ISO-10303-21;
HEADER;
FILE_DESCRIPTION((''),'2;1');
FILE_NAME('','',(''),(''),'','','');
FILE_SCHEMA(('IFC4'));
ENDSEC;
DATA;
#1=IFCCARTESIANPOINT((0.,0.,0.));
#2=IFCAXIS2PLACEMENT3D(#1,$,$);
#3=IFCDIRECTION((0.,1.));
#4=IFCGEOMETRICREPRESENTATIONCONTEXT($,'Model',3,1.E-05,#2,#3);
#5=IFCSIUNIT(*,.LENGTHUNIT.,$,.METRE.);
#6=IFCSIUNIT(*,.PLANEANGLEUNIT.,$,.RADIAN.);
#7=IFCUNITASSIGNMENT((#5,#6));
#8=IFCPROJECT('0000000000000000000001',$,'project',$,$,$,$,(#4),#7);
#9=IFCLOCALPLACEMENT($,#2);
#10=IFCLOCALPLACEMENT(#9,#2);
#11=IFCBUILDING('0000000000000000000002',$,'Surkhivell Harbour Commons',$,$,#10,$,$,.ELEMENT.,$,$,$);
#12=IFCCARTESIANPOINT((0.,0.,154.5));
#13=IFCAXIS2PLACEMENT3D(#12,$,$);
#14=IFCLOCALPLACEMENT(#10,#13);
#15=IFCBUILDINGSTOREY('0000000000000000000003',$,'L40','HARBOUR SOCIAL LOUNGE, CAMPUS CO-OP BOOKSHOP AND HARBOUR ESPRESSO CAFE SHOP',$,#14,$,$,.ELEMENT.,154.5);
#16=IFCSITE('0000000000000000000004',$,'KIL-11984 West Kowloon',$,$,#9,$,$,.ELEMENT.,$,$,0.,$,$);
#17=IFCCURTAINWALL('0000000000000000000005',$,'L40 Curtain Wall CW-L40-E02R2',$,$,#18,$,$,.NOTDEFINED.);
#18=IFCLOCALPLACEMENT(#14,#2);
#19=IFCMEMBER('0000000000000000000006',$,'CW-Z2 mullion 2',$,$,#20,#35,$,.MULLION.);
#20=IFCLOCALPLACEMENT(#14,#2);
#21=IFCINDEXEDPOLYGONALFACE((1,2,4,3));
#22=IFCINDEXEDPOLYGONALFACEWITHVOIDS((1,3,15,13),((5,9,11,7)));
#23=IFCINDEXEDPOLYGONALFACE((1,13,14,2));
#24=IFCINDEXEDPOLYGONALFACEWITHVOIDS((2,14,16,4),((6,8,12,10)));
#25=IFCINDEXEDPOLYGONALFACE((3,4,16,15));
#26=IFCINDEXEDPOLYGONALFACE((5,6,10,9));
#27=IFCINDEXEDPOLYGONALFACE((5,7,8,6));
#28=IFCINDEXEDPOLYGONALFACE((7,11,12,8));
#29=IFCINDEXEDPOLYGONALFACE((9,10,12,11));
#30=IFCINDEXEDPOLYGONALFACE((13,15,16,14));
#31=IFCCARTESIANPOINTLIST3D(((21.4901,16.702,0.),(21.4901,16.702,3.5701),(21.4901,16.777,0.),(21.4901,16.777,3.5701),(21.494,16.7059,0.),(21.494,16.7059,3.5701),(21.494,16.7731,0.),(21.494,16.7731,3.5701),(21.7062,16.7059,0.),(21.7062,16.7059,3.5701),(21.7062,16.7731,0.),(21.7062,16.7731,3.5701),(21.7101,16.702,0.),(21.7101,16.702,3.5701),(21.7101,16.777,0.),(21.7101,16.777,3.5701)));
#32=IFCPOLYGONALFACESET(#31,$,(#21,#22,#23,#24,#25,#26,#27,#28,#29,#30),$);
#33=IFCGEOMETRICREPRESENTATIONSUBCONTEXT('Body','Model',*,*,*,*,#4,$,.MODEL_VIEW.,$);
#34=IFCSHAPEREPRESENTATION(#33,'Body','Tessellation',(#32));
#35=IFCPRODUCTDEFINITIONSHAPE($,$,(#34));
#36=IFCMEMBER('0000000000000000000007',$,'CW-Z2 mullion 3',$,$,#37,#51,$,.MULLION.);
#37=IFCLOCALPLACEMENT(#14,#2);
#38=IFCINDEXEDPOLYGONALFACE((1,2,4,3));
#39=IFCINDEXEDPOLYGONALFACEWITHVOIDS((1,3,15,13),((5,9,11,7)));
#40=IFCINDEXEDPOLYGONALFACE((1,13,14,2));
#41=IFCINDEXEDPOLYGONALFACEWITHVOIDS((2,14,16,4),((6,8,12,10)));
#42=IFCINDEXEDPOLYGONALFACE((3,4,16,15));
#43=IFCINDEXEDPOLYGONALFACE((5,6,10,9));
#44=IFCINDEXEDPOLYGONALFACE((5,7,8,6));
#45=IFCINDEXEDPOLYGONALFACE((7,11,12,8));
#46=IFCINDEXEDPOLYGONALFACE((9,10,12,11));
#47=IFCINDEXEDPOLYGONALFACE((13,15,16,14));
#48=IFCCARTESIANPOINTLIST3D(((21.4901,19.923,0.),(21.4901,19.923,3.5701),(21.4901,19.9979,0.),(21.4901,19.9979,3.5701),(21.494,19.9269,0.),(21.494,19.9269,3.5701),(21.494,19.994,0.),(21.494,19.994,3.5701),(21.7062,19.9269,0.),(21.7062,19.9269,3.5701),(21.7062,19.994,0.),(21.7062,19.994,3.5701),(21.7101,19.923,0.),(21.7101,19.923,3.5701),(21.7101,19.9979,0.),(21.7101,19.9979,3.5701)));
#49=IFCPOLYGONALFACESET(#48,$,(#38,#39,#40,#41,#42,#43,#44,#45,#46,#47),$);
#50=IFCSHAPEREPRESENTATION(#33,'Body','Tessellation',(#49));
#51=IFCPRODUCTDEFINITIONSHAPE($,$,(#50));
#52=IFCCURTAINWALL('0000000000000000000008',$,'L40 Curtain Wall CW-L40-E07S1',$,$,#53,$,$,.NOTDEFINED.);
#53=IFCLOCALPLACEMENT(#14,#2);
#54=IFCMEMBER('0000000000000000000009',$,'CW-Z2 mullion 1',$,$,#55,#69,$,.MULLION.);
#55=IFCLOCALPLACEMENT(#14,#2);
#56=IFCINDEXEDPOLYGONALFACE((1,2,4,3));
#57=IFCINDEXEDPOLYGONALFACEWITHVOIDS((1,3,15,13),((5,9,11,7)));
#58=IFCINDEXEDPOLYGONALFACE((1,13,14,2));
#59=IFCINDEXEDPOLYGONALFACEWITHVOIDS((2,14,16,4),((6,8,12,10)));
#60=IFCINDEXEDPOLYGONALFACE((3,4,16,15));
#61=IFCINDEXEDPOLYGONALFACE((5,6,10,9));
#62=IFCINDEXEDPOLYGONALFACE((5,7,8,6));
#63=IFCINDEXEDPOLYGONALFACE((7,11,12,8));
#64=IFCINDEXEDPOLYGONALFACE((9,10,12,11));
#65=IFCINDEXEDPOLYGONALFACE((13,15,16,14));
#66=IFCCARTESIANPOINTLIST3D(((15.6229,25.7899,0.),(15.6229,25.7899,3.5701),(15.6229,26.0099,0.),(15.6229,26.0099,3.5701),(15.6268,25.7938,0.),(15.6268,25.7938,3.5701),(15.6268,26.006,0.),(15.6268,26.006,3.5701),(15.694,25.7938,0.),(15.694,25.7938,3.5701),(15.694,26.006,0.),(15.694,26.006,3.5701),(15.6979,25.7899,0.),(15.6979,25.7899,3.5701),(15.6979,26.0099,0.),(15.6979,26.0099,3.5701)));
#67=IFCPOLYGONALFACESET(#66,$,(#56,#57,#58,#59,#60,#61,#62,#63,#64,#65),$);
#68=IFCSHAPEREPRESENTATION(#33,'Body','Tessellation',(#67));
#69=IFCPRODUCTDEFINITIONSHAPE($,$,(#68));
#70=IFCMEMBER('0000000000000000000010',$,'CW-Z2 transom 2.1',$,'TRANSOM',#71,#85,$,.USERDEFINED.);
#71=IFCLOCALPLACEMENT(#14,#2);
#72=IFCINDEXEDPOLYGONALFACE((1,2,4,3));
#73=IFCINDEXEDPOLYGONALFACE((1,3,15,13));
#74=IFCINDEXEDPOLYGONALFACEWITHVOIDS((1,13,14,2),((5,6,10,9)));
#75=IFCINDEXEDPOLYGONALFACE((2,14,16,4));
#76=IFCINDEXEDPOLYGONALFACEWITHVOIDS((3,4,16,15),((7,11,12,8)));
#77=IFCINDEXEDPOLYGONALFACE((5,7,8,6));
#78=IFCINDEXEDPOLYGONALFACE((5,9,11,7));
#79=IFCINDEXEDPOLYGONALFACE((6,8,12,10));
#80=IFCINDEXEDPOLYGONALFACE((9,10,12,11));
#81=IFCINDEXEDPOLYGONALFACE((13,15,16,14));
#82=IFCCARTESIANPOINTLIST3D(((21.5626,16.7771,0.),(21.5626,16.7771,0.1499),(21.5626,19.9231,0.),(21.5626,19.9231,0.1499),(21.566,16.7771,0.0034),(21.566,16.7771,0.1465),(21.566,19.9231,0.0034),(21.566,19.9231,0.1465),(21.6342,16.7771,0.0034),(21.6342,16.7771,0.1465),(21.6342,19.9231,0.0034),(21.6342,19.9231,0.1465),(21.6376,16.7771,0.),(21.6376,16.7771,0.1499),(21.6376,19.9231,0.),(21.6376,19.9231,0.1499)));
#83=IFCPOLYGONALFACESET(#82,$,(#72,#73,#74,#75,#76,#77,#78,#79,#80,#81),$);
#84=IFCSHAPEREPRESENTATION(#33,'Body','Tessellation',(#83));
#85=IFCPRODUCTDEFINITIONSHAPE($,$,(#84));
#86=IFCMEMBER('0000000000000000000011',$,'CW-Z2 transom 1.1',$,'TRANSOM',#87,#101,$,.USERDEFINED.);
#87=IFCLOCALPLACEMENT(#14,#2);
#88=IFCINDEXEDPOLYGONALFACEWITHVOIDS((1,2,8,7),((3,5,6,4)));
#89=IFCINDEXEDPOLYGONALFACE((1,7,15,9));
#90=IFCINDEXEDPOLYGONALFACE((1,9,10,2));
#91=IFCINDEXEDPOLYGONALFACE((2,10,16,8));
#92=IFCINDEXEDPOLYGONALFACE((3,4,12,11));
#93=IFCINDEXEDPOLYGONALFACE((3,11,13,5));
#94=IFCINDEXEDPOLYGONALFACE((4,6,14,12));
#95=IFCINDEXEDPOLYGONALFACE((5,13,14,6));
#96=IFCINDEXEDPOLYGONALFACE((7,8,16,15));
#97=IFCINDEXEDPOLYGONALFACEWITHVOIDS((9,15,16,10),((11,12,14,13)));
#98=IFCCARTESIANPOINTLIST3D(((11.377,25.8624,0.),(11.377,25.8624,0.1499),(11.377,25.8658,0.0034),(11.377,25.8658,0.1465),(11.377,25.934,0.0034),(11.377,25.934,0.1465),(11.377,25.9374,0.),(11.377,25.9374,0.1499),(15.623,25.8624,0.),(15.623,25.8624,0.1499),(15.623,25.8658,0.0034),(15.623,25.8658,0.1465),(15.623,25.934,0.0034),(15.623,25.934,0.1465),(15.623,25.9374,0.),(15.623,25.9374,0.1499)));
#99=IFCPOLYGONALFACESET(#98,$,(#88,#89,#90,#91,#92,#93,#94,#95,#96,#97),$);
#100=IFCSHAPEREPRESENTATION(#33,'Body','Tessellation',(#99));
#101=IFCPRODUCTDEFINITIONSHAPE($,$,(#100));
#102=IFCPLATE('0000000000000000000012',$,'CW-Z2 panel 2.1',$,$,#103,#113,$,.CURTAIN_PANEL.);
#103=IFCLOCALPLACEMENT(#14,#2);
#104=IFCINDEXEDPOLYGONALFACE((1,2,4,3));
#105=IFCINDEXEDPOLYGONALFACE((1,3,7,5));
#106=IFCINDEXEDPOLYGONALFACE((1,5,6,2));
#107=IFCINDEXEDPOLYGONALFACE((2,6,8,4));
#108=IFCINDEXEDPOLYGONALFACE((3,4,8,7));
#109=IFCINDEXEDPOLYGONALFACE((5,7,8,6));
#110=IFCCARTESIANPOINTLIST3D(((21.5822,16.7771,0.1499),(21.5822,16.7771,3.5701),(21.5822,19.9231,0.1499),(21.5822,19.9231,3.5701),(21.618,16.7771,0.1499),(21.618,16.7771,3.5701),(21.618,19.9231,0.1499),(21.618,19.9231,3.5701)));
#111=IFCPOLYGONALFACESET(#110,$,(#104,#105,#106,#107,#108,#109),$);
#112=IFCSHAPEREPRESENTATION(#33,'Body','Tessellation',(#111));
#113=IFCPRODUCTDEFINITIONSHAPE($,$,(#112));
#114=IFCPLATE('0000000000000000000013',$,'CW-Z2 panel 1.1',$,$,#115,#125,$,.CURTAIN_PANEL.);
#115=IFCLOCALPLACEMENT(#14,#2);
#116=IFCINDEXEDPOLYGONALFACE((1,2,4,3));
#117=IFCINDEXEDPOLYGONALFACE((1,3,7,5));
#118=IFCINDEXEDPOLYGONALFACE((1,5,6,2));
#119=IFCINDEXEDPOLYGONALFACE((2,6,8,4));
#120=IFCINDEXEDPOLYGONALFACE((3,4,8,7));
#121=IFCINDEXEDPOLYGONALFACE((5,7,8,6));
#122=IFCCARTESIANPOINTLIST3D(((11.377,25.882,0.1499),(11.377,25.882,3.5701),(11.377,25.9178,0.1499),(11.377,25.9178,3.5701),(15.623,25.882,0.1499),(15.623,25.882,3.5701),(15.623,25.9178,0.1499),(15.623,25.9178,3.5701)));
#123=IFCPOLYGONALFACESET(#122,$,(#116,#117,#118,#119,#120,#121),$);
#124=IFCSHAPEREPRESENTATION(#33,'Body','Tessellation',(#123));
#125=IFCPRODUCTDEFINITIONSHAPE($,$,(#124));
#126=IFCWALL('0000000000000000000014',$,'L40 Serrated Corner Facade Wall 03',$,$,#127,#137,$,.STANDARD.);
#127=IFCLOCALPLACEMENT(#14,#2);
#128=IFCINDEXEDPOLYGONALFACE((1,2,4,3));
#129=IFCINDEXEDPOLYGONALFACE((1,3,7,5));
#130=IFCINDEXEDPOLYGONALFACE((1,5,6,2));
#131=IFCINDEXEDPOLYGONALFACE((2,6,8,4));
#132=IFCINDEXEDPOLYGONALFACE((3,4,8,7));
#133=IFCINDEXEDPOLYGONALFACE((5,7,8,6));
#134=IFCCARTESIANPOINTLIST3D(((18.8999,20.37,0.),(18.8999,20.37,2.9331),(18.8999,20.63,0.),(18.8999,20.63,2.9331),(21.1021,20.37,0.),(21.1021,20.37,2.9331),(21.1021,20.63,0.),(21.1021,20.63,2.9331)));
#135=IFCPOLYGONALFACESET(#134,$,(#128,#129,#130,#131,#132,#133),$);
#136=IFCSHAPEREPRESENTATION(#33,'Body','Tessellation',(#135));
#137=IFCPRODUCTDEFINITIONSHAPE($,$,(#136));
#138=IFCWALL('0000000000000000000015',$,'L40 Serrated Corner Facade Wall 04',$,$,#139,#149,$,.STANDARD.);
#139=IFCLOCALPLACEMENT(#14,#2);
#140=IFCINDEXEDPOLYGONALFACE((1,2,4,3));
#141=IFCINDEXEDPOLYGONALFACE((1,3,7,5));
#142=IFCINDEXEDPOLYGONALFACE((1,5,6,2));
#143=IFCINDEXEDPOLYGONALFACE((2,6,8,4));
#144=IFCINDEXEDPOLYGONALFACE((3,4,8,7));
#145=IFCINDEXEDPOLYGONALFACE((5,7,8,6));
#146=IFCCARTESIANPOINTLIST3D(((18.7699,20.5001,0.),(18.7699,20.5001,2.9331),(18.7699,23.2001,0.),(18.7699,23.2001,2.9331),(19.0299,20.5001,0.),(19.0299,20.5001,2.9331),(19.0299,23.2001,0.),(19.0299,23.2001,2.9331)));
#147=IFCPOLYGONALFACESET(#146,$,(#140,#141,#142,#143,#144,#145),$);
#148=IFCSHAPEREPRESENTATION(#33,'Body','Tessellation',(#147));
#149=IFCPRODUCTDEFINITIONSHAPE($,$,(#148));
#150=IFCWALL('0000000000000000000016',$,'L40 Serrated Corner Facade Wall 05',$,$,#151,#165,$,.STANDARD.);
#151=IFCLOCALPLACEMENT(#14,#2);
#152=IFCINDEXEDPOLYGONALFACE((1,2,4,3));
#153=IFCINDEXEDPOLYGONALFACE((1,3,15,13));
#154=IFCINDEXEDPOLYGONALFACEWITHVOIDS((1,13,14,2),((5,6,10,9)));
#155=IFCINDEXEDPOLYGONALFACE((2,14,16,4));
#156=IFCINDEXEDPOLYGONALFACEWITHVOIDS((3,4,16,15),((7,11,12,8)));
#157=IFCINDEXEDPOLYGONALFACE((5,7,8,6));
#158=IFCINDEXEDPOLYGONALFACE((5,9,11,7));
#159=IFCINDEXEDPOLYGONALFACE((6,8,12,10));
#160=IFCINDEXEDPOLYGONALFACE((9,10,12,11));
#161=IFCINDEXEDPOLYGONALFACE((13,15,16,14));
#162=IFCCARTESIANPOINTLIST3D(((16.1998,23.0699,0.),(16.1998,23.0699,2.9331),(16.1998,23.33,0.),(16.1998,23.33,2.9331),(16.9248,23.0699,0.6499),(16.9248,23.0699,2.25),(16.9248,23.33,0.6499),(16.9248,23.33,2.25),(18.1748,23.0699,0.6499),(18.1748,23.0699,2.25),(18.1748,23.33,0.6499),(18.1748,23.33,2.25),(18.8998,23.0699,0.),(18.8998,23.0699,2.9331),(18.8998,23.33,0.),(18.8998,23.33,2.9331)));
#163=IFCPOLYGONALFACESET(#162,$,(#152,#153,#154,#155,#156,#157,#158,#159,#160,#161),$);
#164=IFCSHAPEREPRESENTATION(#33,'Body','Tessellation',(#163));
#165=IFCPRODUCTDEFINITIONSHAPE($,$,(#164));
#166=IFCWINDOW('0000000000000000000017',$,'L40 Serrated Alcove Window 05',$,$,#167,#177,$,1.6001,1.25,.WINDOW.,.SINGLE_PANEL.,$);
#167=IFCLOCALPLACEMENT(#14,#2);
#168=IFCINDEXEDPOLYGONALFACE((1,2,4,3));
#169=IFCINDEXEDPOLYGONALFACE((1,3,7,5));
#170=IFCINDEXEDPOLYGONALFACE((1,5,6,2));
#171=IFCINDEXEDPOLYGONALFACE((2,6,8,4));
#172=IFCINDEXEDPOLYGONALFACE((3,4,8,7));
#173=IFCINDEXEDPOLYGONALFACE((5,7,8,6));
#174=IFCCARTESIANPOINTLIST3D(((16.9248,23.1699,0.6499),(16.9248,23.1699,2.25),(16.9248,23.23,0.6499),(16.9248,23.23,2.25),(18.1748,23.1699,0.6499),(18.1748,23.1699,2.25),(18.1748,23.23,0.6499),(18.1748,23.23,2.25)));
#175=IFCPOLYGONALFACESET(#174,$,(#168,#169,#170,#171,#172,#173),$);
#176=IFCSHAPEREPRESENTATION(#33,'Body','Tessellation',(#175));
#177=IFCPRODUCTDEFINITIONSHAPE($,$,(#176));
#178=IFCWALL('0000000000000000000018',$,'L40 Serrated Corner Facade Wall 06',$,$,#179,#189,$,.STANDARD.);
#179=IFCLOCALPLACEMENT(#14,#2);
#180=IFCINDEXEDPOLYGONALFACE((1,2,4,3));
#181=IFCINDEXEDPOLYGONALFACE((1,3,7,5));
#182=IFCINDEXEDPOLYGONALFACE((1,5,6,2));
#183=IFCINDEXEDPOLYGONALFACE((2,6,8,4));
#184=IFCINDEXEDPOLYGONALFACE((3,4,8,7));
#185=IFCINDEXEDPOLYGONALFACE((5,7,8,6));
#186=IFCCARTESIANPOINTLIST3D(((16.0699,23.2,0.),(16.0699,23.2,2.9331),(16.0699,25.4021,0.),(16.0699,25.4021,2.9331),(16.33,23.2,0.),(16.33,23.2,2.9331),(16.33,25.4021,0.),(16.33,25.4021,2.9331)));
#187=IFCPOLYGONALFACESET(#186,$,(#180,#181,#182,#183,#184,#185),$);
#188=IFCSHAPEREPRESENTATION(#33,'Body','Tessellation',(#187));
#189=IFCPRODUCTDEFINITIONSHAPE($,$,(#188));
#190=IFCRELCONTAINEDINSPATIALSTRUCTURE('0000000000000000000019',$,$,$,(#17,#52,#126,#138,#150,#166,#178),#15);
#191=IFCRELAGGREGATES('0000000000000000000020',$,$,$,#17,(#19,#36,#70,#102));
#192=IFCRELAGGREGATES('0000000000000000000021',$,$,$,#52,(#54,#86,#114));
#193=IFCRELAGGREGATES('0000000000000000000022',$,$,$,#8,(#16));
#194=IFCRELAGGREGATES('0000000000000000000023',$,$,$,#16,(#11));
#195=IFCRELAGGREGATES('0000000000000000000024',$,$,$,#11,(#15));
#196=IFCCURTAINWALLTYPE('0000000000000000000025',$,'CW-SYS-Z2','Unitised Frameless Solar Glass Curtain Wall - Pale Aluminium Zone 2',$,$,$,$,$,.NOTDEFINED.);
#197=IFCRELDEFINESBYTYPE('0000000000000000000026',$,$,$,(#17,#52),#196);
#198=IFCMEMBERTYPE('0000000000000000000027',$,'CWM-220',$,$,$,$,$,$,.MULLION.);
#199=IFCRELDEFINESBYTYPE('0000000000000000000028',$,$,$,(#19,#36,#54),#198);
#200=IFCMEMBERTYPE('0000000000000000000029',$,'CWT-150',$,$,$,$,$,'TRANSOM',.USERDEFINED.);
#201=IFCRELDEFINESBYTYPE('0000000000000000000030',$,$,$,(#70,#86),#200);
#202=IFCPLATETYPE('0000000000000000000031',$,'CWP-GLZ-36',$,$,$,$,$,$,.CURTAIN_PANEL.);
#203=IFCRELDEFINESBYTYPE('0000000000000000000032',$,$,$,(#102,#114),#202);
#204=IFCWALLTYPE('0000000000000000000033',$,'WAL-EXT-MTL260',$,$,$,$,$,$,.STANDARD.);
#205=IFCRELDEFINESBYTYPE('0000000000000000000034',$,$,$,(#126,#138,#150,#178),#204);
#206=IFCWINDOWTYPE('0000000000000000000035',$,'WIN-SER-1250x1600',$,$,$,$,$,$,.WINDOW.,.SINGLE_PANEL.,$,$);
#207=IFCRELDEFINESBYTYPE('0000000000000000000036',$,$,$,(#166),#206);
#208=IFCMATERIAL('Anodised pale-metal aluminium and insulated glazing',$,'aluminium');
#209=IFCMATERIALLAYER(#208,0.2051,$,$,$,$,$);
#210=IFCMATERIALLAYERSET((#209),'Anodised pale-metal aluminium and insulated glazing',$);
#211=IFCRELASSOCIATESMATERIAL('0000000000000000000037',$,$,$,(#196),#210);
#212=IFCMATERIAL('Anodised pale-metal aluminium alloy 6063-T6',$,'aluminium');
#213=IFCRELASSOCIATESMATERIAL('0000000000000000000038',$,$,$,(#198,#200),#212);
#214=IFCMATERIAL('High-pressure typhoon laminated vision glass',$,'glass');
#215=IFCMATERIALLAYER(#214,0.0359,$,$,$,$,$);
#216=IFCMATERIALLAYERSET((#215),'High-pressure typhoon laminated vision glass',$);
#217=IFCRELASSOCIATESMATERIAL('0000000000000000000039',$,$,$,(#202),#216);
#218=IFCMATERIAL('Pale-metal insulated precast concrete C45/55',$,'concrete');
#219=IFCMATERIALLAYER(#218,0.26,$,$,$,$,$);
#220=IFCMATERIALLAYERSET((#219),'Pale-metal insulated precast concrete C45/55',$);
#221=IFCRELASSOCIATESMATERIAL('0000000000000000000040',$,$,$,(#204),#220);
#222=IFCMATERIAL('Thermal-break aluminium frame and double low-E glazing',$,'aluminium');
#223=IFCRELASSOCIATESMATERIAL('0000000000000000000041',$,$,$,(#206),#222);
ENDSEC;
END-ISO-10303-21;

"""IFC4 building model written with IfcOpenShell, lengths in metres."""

from ifc_helpers import new_model, si_unit, direction, frame, frame_2d, origin, origin_2d, place, context, subcontext, project, spatial, rectangle, hollow_rectangle, extrude, material, layer, layer_set, material_profile, profile_set, type_object, element, fill, aggregate, save


model = new_model("IFC4")

# Units and contexts
model_context = context("Model", 3, precision=1e-05, world=origin(), true_north=direction((0.0, 1.0)))
body_context = subcontext(model_context, "Body", "Model", "MODEL_VIEW")
ifc_project = project(units=[si_unit("LENGTHUNIT", "METRE"), si_unit("PLANEANGLEUNIT", "RADIAN")], contexts=[model_context])

# Site, building, storey
site_placement = place(None, origin())
site = spatial("IfcSite", under=ifc_project, at=site_placement, Name="KIL-11984 West Kowloon", CompositionType="ELEMENT", RefElevation=0.0)
building_placement = place(site_placement, origin())
building = spatial("IfcBuilding", under=site, at=building_placement, Name="Surkhivell Harbour Commons", CompositionType="ELEMENT")
storey_placement = place(building_placement, frame((0.0, 0.0, 154.5)))
storey = spatial("IfcBuildingStorey", under=building, at=storey_placement, Name="L40", Description="HARBOUR SOCIAL LOUNGE, CAMPUS CO-OP BOOKSHOP AND HARBOUR ESPRESSO CAFE SHOP", CompositionType="ELEMENT", Elevation=154.5)

# Curtain wall, members
ifc_material_1 = material(Name="Anodised pale-metal aluminium and insulated glazing", Category="aluminium")
ifc_layer_1 = layer(ifc_material_1, 0.2051)
ifc_layer_set_1 = layer_set([ifc_layer_1], Name="Anodised pale-metal aluminium and insulated glazing")
curtain_wall_type = type_object("IfcCurtainWallType", Name="CW-SYS-Z2", Description="Unitised Frameless Solar Glass Curtain Wall - Pale Aluminium Zone 2", PredefinedType="NOTDEFINED", material=ifc_layer_set_1)
curtain_wall_1_placement = place(storey_placement, origin())
curtain_wall_1 = element("IfcCurtainWall", 1, at=curtain_wall_1_placement, inside=storey, type_object=curtain_wall_type, Name="L40 Curtain Wall CW-L40-E02R2", PredefinedType="NOTDEFINED")
ifc_material_2 = material(Name="Anodised pale-metal aluminium alloy 6063-T6", Category="aluminium")
ifc_material_profile_1 = material_profile(ifc_material_2, hollow_rectangle(XDim=0.075, YDim=0.22, WallThickness=0.0039, at=origin_2d()), Name="ALU-MULL-75x220")
ifc_profile_set_1 = profile_set([ifc_material_profile_1], Name="Anodised pale-metal aluminium alloy 6063-T6")
member_type_1 = type_object("IfcMemberType", Name="CWM-220", PredefinedType="MULLION", material=ifc_profile_set_1)
member_1_placement = place(storey_placement, frame((21.6001, 16.7395, 0.0), z_axis=(0.0, 0.0, 1.0), x_axis=(0.0, 1.0, 0.0)))
member_1 = element("IfcMember", 2, at=member_1_placement, type_object=member_type_1, Name="CW-Z2 mullion 2", PredefinedType="MULLION", context=body_context, shape_type="SweptSolid", body=[
    extrude(hollow_rectangle(XDim=0.075, YDim=0.22, WallThickness=0.0039, at=origin_2d()), origin(), (0.0, 0.0, 1.0), 3.5701),
])
member_2_placement = place(storey_placement, frame((21.6001, 19.9604, 0.0), z_axis=(0.0, 0.0, 1.0), x_axis=(0.0, 1.0, 0.0)))
member_2 = element("IfcMember", 3, at=member_2_placement, type_object=member_type_1, Name="CW-Z2 mullion 3", PredefinedType="MULLION", context=body_context, shape_type="SweptSolid", body=[
    extrude(hollow_rectangle(XDim=0.075, YDim=0.22, WallThickness=0.0039, at=origin_2d()), origin(), (0.0, 0.0, 1.0), 3.5701),
])

# Curtain wall, member
curtain_wall_2_placement = place(storey_placement, origin())
curtain_wall_2 = element("IfcCurtainWall", 4, at=curtain_wall_2_placement, inside=storey, type_object=curtain_wall_type, Name="L40 Curtain Wall CW-L40-E07S1", PredefinedType="NOTDEFINED")
member_3_placement = place(storey_placement, frame((15.6604, 25.8999, 0.0), z_axis=(0.0, 0.0, 1.0), x_axis=(-1.0, 0.0, 0.0)))
member_3 = element("IfcMember", 5, at=member_3_placement, type_object=member_type_1, Name="CW-Z2 mullion 1", PredefinedType="MULLION", context=body_context, shape_type="SweptSolid", body=[
    extrude(hollow_rectangle(XDim=0.075, YDim=0.22, WallThickness=0.0039, at=origin_2d()), origin(), (0.0, 0.0, 1.0), 3.5701),
])

# Members
ifc_material_profile_2 = material_profile(ifc_material_2, hollow_rectangle(XDim=0.075, YDim=0.1499, WallThickness=0.0034, at=origin_2d()), Name="ALU-TRAN-75x150")
ifc_profile_set_2 = profile_set([ifc_material_profile_2], Name="Anodised pale-metal aluminium alloy 6063-T6")
member_type_2 = type_object("IfcMemberType", Name="CWT-150", ElementType="TRANSOM", PredefinedType="USERDEFINED", material=ifc_profile_set_2)
member_4_placement = place(storey_placement, frame((21.6001, 16.7771, 0.075), z_axis=(0.0, 1.0, 0.0), x_axis=(-1.0, 0.0, 0.0)))
member_4 = element("IfcMember", 6, at=member_4_placement, type_object=member_type_2, Name="CW-Z2 transom 2.1", ObjectType="TRANSOM", PredefinedType="USERDEFINED", context=body_context, shape_type="SweptSolid", body=[
    extrude(hollow_rectangle(XDim=0.075, YDim=0.1499, WallThickness=0.0034, at=origin_2d()), origin(), (0.0, 0.0, 1.0), 3.146),
])
member_5_placement = place(storey_placement, frame((15.623, 25.8999, 0.075), z_axis=(-1.0, 0.0, 0.0), x_axis=(0.0, -1.0, 0.0)))
member_5 = element("IfcMember", 7, at=member_5_placement, type_object=member_type_2, Name="CW-Z2 transom 1.1", ObjectType="TRANSOM", PredefinedType="USERDEFINED", context=body_context, shape_type="SweptSolid", body=[
    extrude(hollow_rectangle(XDim=0.075, YDim=0.1499, WallThickness=0.0034, at=origin_2d()), origin(), (0.0, 0.0, 1.0), 4.2461),
])

# Plates
ifc_material_3 = material(Name="High-pressure typhoon laminated vision glass", Category="glass")
ifc_layer_2 = layer(ifc_material_3, 0.0359)
ifc_layer_set_2 = layer_set([ifc_layer_2], Name="High-pressure typhoon laminated vision glass")
plate_type = type_object("IfcPlateType", Name="CWP-GLZ-36", PredefinedType="CURTAIN_PANEL", material=ifc_layer_set_2)
plate_1_placement = place(storey_placement, frame((21.6001, 16.7771, 0.1499), z_axis=(0.0, 0.0, 1.0), x_axis=(0.0, 1.0, 0.0)))
plate_1 = element("IfcPlate", 8, at=plate_1_placement, type_object=plate_type, Name="CW-Z2 panel 2.1", PredefinedType="CURTAIN_PANEL", context=body_context, shape_type="SweptSolid", body=[
    extrude(rectangle(XDim=3.146, YDim=0.0359, at=frame_2d((1.573, 0.0))), origin(), (0.0, 0.0, 1.0), 3.4202),
])
aggregate(curtain_wall_1, [member_1, member_2, member_4, plate_1])
plate_2_placement = place(storey_placement, frame((15.623, 25.8999, 0.1499), z_axis=(0.0, 0.0, 1.0), x_axis=(-1.0, 0.0, 0.0)))
plate_2 = element("IfcPlate", 9, at=plate_2_placement, type_object=plate_type, Name="CW-Z2 panel 1.1", PredefinedType="CURTAIN_PANEL", context=body_context, shape_type="SweptSolid", body=[
    extrude(rectangle(XDim=4.2461, YDim=0.0359, at=frame_2d((2.123, 0.0))), origin(), (0.0, 0.0, 1.0), 3.4202),
])
aggregate(curtain_wall_2, [member_3, member_5, plate_2])

# Walls
ifc_material_4 = material(Name="Pale-metal insulated precast concrete C45/55", Category="concrete")
ifc_layer_3 = layer(ifc_material_4, 0.26)
ifc_layer_set_3 = layer_set([ifc_layer_3], Name="Pale-metal insulated precast concrete C45/55")
wall_type_1 = type_object("IfcWallType", Name="WAL-EXT-MTL260", PredefinedType="STANDARD", material=ifc_layer_set_3)
wall_1_placement = place(storey_placement, frame((21.1021, 20.5, 0.0), z_axis=(0.0, 0.0, 1.0), x_axis=(-1.0, 0.0, 0.0)))
element("IfcWall", 10, at=wall_1_placement, inside=storey, type_object=wall_type_1, Name="L40 Serrated Corner Facade Wall 03", PredefinedType="STANDARD", context=body_context, shape_type="SweptSolid", body=[
    extrude(rectangle(XDim=2.2021, YDim=0.26, at=frame_2d((1.1011, 0.0))), origin(), (0.0, 0.0, 1.0), 2.9331),
])
wall_2_placement = place(storey_placement, frame((18.8999, 20.5, 0.0), z_axis=(0.0, 0.0, 1.0), x_axis=(0.0, 1.0, 0.0)))
element("IfcWall", 11, at=wall_2_placement, inside=storey, type_object=wall_type_1, Name="L40 Serrated Corner Facade Wall 04", PredefinedType="STANDARD", context=body_context, shape_type="SweptSolid", body=[
    extrude(rectangle(XDim=2.7, YDim=0.26, at=frame_2d((1.3501, 0.0))), origin(), (0.0, 0.0, 1.0), 2.9331),
])

# Wall, opening, window
wall_3_placement = place(storey_placement, frame((18.8999, 23.2, 0.0), z_axis=(0.0, 0.0, 1.0), x_axis=(-1.0, 0.0, 0.0)))
wall_3 = element("IfcWall", 12, at=wall_3_placement, inside=storey, type_object=wall_type_1, Name="L40 Serrated Corner Facade Wall 05", PredefinedType="STANDARD", context=body_context, shape_type="SweptSolid", body=[
    extrude(rectangle(XDim=2.7, YDim=0.26, at=frame_2d((1.3501, 0.0))), origin(), (0.0, 0.0, 1.0), 2.9331),
])
opening_placement = place(wall_3_placement, frame((0.7251, 0.0, 0.6499)))
opening = element("IfcOpeningElement", 13, at=opening_placement, cuts=wall_3, PredefinedType="OPENING", context=body_context, shape_type="SweptSolid", body=[
    extrude(rectangle(XDim=1.25, YDim=1.6001, at=frame_2d((0.625, 0.8))), frame((0.0, 0.1399, 0.0), z_axis=(0.0, -1.0, 0.0), x_axis=(1.0, 0.0, 0.0)), (0.0, 0.0, 1.0), 0.28),
])
ifc_material_5 = material(Name="Thermal-break aluminium frame and double low-E glazing", Category="aluminium")
window_type = type_object("IfcWindowType", Name="WIN-SER-1250x1600", PartitioningType="SINGLE_PANEL", PredefinedType="WINDOW", material=ifc_material_5)
window_placement = place(opening_placement, origin())
window = element("IfcWindow", 14, at=window_placement, inside=storey, type_object=window_type, Name="L40 Serrated Alcove Window 05", OverallHeight=1.6001, OverallWidth=1.25, PartitioningType="SINGLE_PANEL", PredefinedType="WINDOW", context=body_context, shape_type="SweptSolid", body=[
    extrude(rectangle(XDim=1.25, YDim=1.6001, at=frame_2d((0.625, 0.8))), frame((0.0, 0.03, 0.0), z_axis=(0.0, -1.0, 0.0), x_axis=(1.0, 0.0, 0.0)), (0.0, 0.0, 1.0), 0.0601),
])
fill(opening, window)

# Wall
wall_4_placement = place(storey_placement, frame((16.2, 23.2, 0.0), z_axis=(0.0, 0.0, 1.0), x_axis=(0.0, 1.0, 0.0)))
element("IfcWall", 15, at=wall_4_placement, inside=storey, type_object=wall_type_1, Name="L40 Serrated Corner Facade Wall 06", PredefinedType="STANDARD", context=body_context, shape_type="SweptSolid", body=[
    extrude(rectangle(XDim=2.2021, YDim=0.26, at=frame_2d((1.1011, 0.0))), origin(), (0.0, 0.0, 1.0), 2.9331),
])

save(model, "model.ifc")
